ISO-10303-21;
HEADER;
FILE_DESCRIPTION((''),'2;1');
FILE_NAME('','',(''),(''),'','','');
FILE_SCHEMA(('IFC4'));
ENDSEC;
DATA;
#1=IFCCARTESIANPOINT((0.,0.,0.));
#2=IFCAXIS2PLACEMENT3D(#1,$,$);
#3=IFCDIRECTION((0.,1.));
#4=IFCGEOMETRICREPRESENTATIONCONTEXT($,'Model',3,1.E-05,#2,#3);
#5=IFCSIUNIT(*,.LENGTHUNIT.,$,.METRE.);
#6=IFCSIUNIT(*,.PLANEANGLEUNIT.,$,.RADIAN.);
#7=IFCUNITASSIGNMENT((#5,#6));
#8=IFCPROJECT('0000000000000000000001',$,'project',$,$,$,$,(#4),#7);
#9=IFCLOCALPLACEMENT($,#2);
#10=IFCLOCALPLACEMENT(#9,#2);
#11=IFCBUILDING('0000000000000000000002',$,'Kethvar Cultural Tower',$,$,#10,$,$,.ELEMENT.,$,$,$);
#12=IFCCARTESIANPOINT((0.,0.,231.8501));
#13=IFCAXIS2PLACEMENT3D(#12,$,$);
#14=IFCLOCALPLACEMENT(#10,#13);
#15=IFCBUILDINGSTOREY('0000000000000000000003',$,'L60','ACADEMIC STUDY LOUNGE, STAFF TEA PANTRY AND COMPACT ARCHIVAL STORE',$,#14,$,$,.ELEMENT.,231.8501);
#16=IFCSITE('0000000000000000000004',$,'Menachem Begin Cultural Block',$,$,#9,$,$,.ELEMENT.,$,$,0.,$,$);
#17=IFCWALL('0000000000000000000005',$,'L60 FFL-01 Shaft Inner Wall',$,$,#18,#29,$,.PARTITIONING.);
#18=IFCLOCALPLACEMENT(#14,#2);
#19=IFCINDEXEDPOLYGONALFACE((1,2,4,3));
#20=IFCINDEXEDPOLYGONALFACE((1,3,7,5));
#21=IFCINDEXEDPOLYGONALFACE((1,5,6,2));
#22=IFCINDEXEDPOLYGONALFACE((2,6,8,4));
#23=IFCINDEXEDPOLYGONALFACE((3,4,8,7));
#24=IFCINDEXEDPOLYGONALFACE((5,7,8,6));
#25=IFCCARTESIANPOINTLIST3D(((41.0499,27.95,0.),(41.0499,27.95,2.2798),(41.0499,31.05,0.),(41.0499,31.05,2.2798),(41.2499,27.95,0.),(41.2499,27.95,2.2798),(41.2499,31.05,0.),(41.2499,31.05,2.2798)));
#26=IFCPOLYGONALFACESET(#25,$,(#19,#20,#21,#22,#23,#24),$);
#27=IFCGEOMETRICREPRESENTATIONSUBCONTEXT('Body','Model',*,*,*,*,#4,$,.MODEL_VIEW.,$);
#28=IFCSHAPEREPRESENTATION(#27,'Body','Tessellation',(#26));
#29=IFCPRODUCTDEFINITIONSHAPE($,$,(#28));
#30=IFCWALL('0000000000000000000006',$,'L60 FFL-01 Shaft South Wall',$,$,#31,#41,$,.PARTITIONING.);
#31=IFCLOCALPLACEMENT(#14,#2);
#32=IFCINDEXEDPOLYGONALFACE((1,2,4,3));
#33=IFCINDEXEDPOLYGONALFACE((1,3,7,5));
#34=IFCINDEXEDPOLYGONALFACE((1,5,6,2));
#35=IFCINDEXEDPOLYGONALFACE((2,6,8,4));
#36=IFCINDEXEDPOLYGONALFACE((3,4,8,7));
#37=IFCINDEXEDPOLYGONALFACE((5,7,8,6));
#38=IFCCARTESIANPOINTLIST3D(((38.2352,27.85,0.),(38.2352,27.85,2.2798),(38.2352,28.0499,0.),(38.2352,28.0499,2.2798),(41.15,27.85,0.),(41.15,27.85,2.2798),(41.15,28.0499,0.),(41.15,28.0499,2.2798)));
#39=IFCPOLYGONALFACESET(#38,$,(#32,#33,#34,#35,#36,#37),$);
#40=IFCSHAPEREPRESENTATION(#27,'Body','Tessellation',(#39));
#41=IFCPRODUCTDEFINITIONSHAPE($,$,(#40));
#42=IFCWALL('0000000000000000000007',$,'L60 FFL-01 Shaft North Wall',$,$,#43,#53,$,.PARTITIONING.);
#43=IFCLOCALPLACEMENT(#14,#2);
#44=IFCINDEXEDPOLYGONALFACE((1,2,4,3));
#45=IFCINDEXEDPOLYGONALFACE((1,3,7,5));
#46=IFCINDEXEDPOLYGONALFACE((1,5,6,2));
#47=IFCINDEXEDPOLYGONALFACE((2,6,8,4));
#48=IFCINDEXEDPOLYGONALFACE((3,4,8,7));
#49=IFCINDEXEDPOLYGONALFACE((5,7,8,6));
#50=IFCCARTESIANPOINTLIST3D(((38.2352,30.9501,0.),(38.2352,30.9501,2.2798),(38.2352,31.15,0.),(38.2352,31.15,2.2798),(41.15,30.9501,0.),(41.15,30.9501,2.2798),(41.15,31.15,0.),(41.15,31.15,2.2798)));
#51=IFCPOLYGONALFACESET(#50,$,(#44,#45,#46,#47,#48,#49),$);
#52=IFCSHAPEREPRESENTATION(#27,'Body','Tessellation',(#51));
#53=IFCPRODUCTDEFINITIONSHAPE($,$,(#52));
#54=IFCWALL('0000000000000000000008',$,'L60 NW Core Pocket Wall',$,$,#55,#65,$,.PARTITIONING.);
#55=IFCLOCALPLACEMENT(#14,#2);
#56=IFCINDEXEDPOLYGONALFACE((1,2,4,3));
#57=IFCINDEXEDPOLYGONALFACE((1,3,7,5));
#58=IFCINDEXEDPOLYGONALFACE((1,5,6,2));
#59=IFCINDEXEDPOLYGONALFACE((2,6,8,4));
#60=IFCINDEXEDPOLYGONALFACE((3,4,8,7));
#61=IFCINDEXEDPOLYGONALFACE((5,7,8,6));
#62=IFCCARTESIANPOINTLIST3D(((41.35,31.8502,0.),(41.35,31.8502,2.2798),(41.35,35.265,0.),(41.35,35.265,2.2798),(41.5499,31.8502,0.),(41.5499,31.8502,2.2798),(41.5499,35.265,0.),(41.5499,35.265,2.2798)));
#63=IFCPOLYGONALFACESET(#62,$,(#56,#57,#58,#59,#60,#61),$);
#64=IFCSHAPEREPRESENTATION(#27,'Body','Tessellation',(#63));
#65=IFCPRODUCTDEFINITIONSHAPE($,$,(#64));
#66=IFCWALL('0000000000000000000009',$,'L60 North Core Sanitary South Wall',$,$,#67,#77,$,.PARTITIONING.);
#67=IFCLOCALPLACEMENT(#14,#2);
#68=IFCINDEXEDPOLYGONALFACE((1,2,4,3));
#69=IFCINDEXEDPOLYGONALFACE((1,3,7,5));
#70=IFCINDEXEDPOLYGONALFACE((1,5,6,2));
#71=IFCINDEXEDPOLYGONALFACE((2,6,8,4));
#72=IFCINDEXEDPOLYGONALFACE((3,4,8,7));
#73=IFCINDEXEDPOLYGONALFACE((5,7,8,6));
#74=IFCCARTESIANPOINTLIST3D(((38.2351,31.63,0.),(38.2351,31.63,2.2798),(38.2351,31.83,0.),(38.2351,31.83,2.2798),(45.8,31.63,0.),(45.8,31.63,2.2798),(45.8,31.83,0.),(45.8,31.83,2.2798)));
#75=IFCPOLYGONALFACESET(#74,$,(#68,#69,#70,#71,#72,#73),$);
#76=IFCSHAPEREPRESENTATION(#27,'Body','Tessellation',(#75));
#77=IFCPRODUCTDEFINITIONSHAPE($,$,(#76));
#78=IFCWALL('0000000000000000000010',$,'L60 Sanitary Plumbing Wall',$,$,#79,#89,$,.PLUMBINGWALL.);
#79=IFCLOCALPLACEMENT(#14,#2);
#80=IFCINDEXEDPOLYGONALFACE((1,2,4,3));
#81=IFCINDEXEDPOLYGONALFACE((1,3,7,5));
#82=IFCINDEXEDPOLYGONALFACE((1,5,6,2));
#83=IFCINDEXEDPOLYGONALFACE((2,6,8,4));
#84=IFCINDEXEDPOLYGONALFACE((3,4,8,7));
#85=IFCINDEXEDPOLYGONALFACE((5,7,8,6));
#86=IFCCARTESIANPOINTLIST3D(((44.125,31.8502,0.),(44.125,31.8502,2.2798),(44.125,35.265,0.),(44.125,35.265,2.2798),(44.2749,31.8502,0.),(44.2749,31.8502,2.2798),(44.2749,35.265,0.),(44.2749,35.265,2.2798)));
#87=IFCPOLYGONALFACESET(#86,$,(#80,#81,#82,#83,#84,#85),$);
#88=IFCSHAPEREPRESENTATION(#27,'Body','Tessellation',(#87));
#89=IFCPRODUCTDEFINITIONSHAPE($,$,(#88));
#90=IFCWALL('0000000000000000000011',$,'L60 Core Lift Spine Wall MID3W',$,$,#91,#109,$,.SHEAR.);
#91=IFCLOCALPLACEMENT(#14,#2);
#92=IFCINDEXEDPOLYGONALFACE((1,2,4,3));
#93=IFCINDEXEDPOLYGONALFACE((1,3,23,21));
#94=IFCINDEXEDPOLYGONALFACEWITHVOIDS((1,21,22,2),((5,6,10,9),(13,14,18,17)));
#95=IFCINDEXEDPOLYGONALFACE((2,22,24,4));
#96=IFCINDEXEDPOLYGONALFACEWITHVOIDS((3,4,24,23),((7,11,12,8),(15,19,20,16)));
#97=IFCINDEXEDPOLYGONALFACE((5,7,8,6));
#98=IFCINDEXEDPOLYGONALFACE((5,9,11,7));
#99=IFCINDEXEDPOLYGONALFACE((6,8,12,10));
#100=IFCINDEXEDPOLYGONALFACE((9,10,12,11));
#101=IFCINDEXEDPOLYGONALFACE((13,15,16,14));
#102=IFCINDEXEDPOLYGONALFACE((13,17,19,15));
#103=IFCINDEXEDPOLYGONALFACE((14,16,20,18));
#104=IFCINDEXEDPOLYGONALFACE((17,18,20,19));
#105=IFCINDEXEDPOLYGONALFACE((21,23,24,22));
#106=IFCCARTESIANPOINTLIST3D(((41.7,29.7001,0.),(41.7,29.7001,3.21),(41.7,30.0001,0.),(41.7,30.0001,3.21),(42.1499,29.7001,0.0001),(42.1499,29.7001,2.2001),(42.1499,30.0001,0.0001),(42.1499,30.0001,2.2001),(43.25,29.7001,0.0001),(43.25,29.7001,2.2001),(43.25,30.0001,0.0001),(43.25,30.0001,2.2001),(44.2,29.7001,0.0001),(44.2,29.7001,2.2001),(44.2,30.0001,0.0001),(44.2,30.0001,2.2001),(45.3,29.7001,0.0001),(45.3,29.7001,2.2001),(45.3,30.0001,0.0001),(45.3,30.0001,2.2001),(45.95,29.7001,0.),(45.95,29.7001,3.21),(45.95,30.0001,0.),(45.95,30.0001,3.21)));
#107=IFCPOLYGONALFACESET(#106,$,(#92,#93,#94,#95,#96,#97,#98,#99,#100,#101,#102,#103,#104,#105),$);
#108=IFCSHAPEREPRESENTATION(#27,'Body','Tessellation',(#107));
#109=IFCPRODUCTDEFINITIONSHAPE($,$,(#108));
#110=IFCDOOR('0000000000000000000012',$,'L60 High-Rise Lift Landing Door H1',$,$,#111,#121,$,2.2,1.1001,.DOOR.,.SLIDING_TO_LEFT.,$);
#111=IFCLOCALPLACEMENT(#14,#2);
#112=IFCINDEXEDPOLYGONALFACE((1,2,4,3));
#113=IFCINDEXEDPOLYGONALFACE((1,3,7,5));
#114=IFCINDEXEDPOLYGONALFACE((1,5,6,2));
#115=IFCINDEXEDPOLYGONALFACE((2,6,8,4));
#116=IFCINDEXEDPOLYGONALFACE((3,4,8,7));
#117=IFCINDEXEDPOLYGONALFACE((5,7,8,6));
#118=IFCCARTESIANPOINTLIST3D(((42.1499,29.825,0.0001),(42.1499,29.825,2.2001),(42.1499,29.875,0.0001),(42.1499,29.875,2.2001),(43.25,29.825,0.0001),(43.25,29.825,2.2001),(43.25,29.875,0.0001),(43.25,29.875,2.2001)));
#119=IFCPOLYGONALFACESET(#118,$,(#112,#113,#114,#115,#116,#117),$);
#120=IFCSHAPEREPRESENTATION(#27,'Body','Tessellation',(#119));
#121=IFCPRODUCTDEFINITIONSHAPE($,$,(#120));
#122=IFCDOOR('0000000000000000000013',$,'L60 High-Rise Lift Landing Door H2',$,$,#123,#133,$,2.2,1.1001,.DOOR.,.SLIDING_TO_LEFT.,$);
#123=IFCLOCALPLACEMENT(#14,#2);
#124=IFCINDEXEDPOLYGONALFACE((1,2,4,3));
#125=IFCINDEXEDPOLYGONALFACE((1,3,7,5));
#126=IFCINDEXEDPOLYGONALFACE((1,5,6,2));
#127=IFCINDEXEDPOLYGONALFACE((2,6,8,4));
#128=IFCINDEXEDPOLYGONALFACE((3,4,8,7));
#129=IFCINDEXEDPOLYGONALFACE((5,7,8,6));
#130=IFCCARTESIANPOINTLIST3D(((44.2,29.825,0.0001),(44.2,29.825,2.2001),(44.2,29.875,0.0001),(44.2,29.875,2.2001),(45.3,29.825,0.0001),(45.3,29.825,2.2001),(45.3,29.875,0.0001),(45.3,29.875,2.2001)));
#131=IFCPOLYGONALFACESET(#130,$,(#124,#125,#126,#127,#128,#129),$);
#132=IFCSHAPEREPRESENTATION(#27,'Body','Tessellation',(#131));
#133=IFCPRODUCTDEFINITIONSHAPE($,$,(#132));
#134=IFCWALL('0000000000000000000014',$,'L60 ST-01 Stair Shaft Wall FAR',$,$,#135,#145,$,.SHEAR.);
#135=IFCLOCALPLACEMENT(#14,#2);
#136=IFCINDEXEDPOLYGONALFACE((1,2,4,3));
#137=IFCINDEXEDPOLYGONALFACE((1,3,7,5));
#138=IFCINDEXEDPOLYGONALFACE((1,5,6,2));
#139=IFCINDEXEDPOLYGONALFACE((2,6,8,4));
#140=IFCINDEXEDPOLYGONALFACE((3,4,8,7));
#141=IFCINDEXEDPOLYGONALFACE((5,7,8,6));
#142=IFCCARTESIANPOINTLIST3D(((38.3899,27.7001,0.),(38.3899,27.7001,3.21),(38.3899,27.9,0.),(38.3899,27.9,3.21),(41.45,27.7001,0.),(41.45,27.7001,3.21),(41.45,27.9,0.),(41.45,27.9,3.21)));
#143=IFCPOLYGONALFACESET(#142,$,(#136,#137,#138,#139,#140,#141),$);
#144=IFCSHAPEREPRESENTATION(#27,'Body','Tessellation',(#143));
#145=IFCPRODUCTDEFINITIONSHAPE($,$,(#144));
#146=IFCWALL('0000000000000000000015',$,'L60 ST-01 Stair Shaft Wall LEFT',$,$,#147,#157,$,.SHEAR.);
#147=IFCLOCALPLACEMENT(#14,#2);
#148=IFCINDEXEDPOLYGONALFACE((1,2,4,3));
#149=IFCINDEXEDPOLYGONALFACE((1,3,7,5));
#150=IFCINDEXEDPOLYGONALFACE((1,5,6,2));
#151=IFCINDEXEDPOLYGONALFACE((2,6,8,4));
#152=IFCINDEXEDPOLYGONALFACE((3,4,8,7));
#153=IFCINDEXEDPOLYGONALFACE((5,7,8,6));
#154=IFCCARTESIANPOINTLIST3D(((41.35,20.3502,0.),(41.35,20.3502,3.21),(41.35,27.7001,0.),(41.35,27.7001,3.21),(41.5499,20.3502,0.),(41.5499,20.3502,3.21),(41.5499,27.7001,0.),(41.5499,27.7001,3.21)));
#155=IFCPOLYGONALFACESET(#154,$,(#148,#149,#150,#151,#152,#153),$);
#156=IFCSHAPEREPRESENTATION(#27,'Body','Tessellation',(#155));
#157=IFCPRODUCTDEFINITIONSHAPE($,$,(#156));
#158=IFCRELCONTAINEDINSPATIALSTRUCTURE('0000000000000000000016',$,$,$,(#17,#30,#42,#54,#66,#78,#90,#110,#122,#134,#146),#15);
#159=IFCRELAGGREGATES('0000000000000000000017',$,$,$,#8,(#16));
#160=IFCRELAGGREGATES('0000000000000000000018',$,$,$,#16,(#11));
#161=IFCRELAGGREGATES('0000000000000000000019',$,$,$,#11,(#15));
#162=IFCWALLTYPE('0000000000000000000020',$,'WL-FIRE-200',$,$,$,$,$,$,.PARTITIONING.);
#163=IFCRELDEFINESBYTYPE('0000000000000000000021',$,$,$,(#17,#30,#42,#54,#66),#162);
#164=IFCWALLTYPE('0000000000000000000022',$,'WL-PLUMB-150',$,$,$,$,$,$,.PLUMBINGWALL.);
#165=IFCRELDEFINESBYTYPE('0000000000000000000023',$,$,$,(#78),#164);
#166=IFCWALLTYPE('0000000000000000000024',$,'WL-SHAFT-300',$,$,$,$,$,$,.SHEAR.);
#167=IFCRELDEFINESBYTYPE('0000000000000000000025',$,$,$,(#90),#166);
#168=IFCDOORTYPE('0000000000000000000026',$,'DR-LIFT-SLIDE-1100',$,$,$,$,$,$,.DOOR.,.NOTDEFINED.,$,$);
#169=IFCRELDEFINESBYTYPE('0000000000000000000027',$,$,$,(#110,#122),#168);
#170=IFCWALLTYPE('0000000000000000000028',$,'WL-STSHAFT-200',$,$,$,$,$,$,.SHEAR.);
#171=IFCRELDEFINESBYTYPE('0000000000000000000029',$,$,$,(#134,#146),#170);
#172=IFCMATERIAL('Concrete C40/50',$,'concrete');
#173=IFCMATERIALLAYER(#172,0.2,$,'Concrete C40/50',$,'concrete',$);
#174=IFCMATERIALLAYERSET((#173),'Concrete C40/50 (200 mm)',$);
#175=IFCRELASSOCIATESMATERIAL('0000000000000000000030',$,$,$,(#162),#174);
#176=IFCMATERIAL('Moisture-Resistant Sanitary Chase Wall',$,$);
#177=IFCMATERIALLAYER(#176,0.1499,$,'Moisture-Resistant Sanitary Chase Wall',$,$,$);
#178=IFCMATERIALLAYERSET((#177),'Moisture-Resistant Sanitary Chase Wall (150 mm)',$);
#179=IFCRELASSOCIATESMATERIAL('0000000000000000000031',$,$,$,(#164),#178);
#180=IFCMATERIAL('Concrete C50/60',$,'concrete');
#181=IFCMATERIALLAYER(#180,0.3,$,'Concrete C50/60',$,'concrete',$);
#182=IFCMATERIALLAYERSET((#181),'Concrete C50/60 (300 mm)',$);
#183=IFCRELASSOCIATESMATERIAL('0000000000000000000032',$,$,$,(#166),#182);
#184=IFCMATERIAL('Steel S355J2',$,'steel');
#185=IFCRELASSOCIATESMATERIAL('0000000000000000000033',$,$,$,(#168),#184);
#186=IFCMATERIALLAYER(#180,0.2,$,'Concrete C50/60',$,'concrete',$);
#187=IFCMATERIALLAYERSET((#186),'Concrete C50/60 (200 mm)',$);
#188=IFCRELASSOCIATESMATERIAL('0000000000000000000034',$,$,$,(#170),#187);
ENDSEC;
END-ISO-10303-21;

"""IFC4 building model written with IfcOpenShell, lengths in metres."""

from ifc_helpers import new_model, si_unit, direction, frame, frame_2d, origin, place, context, subcontext, project, spatial, rectangle, extrude, source, transform, mapped, material, layer, layer_set, type_object, element, fill, save


model = new_model("IFC4")

# Units and contexts
model_context = context("Model", 3, precision=1e-05, world=origin(), true_north=direction((0.0, 1.0)))
body_context = subcontext(model_context, "Body", "Model", "MODEL_VIEW")
ifc_project = project(units=[si_unit("LENGTHUNIT", "METRE"), si_unit("PLANEANGLEUNIT", "RADIAN")], contexts=[model_context])

# Site, building, storey
site_placement = place(None, origin())
site = spatial("IfcSite", under=ifc_project, at=site_placement, Name="Menachem Begin Cultural Block", CompositionType="ELEMENT", RefElevation=0.0)
building_placement = place(site_placement, origin())
building = spatial("IfcBuilding", under=site, at=building_placement, Name="Kethvar Cultural Tower", CompositionType="ELEMENT")
storey_placement = place(building_placement, frame((0.0, 0.0, 231.8501)))
storey = spatial("IfcBuildingStorey", under=building, at=storey_placement, Name="L60", Description="ACADEMIC STUDY LOUNGE, STAFF TEA PANTRY AND COMPACT ARCHIVAL STORE", CompositionType="ELEMENT", Elevation=231.8501)

# Shared definitions
ifc_material_1 = material(Name="Steel S355J2", Category="steel")

# Walls
ifc_material_2 = material(Name="Concrete C40/50", Category="concrete")
ifc_layer_1 = layer(ifc_material_2, 0.2, Name="Concrete C40/50", Category="concrete")
ifc_layer_set_1 = layer_set([ifc_layer_1], Name="Concrete C40/50 (200 mm)")
wall_type_1 = type_object("IfcWallType", Name="WL-FIRE-200", PredefinedType="PARTITIONING", material=ifc_layer_set_1)
wall_1_placement = place(storey_placement, frame((41.1499, 27.95, 0.0), z_axis=(0.0, 0.0, 1.0), x_axis=(0.0, 1.0, 0.0)))
element("IfcWall", 1, at=wall_1_placement, inside=storey, type_object=wall_type_1, Name="L60 FFL-01 Shaft Inner Wall", PredefinedType="PARTITIONING", context=body_context, shape_type="SweptSolid", body=[
    extrude(rectangle(XDim=3.1001, YDim=0.2, at=frame_2d((1.55, 0.0))), origin(), (0.0, 0.0, 1.0), 2.2798),
])
for number, where, z_axis, x_axis, name in (
    (2, (38.2351, 27.95, 0.0), (0.0, 0.0, 1.0), (1.0, 0.0, 0.0), "L60 FFL-01 Shaft South Wall"),
    (3, (38.2351, 31.05, 0.0), (0.0, 0.0, 1.0), (1.0, 0.0, 0.0), "L60 FFL-01 Shaft North Wall"),
):
    element("IfcWall", number, at=place(storey_placement, frame(where, z_axis=z_axis, x_axis=x_axis)), inside=storey, type_object=wall_type_1, Name=name, PredefinedType="PARTITIONING", context=body_context, shape_type="SweptSolid", body=[
        extrude(rectangle(XDim=2.9148, YDim=0.2, at=frame_2d((1.4575, 0.0))), origin(), (0.0, 0.0, 1.0), 2.2798),
    ])
wall_2_placement = place(storey_placement, frame((41.45, 31.8501, 0.0), z_axis=(0.0, 0.0, 1.0), x_axis=(0.0, 1.0, 0.0)))
element("IfcWall", 4, at=wall_2_placement, inside=storey, type_object=wall_type_1, Name="L60 NW Core Pocket Wall", PredefinedType="PARTITIONING", context=body_context, shape_type="SweptSolid", body=[
    extrude(rectangle(XDim=3.4148, YDim=0.2, at=frame_2d((1.7075, 0.0))), origin(), (0.0, 0.0, 1.0), 2.2798),
])
wall_3_placement = place(storey_placement, frame((38.2351, 31.73, 0.0), z_axis=(0.0, 0.0, 1.0), x_axis=(1.0, 0.0, 0.0)))
element("IfcWall", 5, at=wall_3_placement, inside=storey, type_object=wall_type_1, Name="L60 North Core Sanitary South Wall", PredefinedType="PARTITIONING", context=body_context, shape_type="SweptSolid", body=[
    extrude(rectangle(XDim=7.5649, YDim=0.2, at=frame_2d((3.7825, 0.0))), origin(), (0.0, 0.0, 1.0), 2.2798),
])
ifc_material_3 = material(Name="Moisture-Resistant Sanitary Chase Wall")
ifc_layer_2 = layer(ifc_material_3, 0.1499, Name="Moisture-Resistant Sanitary Chase Wall")
ifc_layer_set_2 = layer_set([ifc_layer_2], Name="Moisture-Resistant Sanitary Chase Wall (150 mm)")
wall_type_2 = type_object("IfcWallType", Name="WL-PLUMB-150", PredefinedType="PLUMBINGWALL", material=ifc_layer_set_2)
wall_4_placement = place(storey_placement, frame((44.2, 31.8501, 0.0), z_axis=(0.0, 0.0, 1.0), x_axis=(0.0, 1.0, 0.0)))
element("IfcWall", 6, at=wall_4_placement, inside=storey, type_object=wall_type_2, Name="L60 Sanitary Plumbing Wall", PredefinedType="PLUMBINGWALL", context=body_context, shape_type="SweptSolid", body=[
    extrude(rectangle(XDim=3.4148, YDim=0.1499, at=frame_2d((1.7075, 0.0))), origin(), (0.0, 0.0, 1.0), 2.2798),
])

# Shared definitions
ifc_material_4 = material(Name="Concrete C50/60", Category="concrete")
ifc_layer_3 = layer(ifc_material_4, 0.3, Name="Concrete C50/60", Category="concrete")
ifc_layer_set_3 = layer_set([ifc_layer_3], Name="Concrete C50/60 (300 mm)")
wall_type_3 = type_object("IfcWallType", Name="WL-SHAFT-300", PredefinedType="SHEAR", material=ifc_layer_set_3)

# Wall, openings, doors
wall_5_placement = place(storey_placement, frame((41.7, 29.8501, 0.0), z_axis=(0.0, 0.0, 1.0), x_axis=(1.0, 0.0, 0.0)))
wall_5 = element("IfcWall", 7, at=wall_5_placement, inside=storey, type_object=wall_type_3, Name="L60 Core Lift Spine Wall MID3W", PredefinedType="SHEAR", context=body_context, shape_type="SweptSolid", body=[
    extrude(rectangle(XDim=4.25, YDim=0.3, at=frame_2d((2.125, 0.0))), origin(), (0.0, 0.0, 1.0), 3.21),
])
opening_1_placement = place(wall_5_placement, frame((0.45, 0.0, 0.0)))
opening_1 = element("IfcOpeningElement", 8, at=opening_1_placement, cuts=wall_5, PredefinedType="OPENING", context=body_context, shape_type="SweptSolid", body=[
    extrude(rectangle(XDim=1.1001, YDim=2.2, at=frame_2d((0.55, 1.1001))), frame((0.0, 0.1599, 0.0), z_axis=(0.0, -1.0, 0.0), x_axis=(1.0, 0.0, 0.0)), (0.0, 0.0, 1.0), 0.3201),
])
opening_2_placement = place(wall_5_placement, frame((2.5, 0.0, 0.0)))
opening_2 = element("IfcOpeningElement", 9, at=opening_2_placement, cuts=wall_5, PredefinedType="OPENING", context=body_context, shape_type="SweptSolid", body=[
    extrude(rectangle(XDim=1.1001, YDim=2.2, at=frame_2d((0.55, 1.1001))), frame((0.0, 0.1599, 0.0), z_axis=(0.0, -1.0, 0.0), x_axis=(1.0, 0.0, 0.0)), (0.0, 0.0, 1.0), 0.3201),
])
door_type_1 = type_object("IfcDoorType", Name="DR-LIFT-SLIDE-1100", OperationType="NOTDEFINED", PredefinedType="DOOR", material=ifc_material_1)
shared_shape_1 = source(origin(), body_context, "Body", "SweptSolid", [
    extrude(rectangle(XDim=1.1001, YDim=2.2, at=frame_2d((0.55, 1.1001))), frame((0.0, 0.0249, 0.0), z_axis=(0.0, -1.0, 0.0), x_axis=(1.0, 0.0, 0.0)), (0.0, 0.0, 1.0), 0.05),
])
door_1_placement = place(opening_1_placement, origin())
door_1 = element("IfcDoor", 10, at=door_1_placement, inside=storey, type_object=door_type_1, Name="L60 High-Rise Lift Landing Door H1", OperationType="SLIDING_TO_LEFT", OverallHeight=2.2, OverallWidth=1.1001, PredefinedType="DOOR", context=body_context, shape_type="MappedRepresentation", body=[
    mapped(shared_shape_1, transform((0.0, 0.0, 0.0), scale=1.0)),
])
fill(opening_1, door_1)
door_2_placement = place(opening_2_placement, origin())
door_2 = element("IfcDoor", 11, at=door_2_placement, inside=storey, type_object=door_type_1, Name="L60 High-Rise Lift Landing Door H2", OperationType="SLIDING_TO_LEFT", OverallHeight=2.2, OverallWidth=1.1001, PredefinedType="DOOR", context=body_context, shape_type="MappedRepresentation", body=[
    mapped(shared_shape_1, transform((0.0, 0.0, 0.0), scale=1.0)),
])
fill(opening_2, door_2)

# Walls
ifc_layer_4 = layer(ifc_material_4, 0.2, Name="Concrete C50/60", Category="concrete")
ifc_layer_set_4 = layer_set([ifc_layer_4], Name="Concrete C50/60 (200 mm)")
wall_type_4 = type_object("IfcWallType", Name="WL-STSHAFT-200", PredefinedType="SHEAR", material=ifc_layer_set_4)
wall_6_placement = place(storey_placement, frame((38.3899, 27.8, 0.0), z_axis=(0.0, 0.0, 1.0), x_axis=(1.0, 0.0, 0.0)))
element("IfcWall", 12, at=wall_6_placement, inside=storey, type_object=wall_type_4, Name="L60 ST-01 Stair Shaft Wall FAR", PredefinedType="SHEAR", context=body_context, shape_type="SweptSolid", body=[
    extrude(rectangle(XDim=3.0601, YDim=0.2, at=frame_2d((1.53, 0.0))), origin(), (0.0, 0.0, 1.0), 3.21),
])
wall_7_placement = place(storey_placement, frame((41.45, 27.7, 0.0), z_axis=(0.0, 0.0, 1.0), x_axis=(0.0, -1.0, 0.0)))
element("IfcWall", 13, at=wall_7_placement, inside=storey, type_object=wall_type_4, Name="L60 ST-01 Stair Shaft Wall LEFT", PredefinedType="SHEAR", context=body_context, shape_type="SweptSolid", body=[
    extrude(rectangle(XDim=7.3499, YDim=0.2, at=frame_2d((3.6748, 0.0))), origin(), (0.0, 0.0, 1.0), 3.21),
])

save(model, "model.ifc")
